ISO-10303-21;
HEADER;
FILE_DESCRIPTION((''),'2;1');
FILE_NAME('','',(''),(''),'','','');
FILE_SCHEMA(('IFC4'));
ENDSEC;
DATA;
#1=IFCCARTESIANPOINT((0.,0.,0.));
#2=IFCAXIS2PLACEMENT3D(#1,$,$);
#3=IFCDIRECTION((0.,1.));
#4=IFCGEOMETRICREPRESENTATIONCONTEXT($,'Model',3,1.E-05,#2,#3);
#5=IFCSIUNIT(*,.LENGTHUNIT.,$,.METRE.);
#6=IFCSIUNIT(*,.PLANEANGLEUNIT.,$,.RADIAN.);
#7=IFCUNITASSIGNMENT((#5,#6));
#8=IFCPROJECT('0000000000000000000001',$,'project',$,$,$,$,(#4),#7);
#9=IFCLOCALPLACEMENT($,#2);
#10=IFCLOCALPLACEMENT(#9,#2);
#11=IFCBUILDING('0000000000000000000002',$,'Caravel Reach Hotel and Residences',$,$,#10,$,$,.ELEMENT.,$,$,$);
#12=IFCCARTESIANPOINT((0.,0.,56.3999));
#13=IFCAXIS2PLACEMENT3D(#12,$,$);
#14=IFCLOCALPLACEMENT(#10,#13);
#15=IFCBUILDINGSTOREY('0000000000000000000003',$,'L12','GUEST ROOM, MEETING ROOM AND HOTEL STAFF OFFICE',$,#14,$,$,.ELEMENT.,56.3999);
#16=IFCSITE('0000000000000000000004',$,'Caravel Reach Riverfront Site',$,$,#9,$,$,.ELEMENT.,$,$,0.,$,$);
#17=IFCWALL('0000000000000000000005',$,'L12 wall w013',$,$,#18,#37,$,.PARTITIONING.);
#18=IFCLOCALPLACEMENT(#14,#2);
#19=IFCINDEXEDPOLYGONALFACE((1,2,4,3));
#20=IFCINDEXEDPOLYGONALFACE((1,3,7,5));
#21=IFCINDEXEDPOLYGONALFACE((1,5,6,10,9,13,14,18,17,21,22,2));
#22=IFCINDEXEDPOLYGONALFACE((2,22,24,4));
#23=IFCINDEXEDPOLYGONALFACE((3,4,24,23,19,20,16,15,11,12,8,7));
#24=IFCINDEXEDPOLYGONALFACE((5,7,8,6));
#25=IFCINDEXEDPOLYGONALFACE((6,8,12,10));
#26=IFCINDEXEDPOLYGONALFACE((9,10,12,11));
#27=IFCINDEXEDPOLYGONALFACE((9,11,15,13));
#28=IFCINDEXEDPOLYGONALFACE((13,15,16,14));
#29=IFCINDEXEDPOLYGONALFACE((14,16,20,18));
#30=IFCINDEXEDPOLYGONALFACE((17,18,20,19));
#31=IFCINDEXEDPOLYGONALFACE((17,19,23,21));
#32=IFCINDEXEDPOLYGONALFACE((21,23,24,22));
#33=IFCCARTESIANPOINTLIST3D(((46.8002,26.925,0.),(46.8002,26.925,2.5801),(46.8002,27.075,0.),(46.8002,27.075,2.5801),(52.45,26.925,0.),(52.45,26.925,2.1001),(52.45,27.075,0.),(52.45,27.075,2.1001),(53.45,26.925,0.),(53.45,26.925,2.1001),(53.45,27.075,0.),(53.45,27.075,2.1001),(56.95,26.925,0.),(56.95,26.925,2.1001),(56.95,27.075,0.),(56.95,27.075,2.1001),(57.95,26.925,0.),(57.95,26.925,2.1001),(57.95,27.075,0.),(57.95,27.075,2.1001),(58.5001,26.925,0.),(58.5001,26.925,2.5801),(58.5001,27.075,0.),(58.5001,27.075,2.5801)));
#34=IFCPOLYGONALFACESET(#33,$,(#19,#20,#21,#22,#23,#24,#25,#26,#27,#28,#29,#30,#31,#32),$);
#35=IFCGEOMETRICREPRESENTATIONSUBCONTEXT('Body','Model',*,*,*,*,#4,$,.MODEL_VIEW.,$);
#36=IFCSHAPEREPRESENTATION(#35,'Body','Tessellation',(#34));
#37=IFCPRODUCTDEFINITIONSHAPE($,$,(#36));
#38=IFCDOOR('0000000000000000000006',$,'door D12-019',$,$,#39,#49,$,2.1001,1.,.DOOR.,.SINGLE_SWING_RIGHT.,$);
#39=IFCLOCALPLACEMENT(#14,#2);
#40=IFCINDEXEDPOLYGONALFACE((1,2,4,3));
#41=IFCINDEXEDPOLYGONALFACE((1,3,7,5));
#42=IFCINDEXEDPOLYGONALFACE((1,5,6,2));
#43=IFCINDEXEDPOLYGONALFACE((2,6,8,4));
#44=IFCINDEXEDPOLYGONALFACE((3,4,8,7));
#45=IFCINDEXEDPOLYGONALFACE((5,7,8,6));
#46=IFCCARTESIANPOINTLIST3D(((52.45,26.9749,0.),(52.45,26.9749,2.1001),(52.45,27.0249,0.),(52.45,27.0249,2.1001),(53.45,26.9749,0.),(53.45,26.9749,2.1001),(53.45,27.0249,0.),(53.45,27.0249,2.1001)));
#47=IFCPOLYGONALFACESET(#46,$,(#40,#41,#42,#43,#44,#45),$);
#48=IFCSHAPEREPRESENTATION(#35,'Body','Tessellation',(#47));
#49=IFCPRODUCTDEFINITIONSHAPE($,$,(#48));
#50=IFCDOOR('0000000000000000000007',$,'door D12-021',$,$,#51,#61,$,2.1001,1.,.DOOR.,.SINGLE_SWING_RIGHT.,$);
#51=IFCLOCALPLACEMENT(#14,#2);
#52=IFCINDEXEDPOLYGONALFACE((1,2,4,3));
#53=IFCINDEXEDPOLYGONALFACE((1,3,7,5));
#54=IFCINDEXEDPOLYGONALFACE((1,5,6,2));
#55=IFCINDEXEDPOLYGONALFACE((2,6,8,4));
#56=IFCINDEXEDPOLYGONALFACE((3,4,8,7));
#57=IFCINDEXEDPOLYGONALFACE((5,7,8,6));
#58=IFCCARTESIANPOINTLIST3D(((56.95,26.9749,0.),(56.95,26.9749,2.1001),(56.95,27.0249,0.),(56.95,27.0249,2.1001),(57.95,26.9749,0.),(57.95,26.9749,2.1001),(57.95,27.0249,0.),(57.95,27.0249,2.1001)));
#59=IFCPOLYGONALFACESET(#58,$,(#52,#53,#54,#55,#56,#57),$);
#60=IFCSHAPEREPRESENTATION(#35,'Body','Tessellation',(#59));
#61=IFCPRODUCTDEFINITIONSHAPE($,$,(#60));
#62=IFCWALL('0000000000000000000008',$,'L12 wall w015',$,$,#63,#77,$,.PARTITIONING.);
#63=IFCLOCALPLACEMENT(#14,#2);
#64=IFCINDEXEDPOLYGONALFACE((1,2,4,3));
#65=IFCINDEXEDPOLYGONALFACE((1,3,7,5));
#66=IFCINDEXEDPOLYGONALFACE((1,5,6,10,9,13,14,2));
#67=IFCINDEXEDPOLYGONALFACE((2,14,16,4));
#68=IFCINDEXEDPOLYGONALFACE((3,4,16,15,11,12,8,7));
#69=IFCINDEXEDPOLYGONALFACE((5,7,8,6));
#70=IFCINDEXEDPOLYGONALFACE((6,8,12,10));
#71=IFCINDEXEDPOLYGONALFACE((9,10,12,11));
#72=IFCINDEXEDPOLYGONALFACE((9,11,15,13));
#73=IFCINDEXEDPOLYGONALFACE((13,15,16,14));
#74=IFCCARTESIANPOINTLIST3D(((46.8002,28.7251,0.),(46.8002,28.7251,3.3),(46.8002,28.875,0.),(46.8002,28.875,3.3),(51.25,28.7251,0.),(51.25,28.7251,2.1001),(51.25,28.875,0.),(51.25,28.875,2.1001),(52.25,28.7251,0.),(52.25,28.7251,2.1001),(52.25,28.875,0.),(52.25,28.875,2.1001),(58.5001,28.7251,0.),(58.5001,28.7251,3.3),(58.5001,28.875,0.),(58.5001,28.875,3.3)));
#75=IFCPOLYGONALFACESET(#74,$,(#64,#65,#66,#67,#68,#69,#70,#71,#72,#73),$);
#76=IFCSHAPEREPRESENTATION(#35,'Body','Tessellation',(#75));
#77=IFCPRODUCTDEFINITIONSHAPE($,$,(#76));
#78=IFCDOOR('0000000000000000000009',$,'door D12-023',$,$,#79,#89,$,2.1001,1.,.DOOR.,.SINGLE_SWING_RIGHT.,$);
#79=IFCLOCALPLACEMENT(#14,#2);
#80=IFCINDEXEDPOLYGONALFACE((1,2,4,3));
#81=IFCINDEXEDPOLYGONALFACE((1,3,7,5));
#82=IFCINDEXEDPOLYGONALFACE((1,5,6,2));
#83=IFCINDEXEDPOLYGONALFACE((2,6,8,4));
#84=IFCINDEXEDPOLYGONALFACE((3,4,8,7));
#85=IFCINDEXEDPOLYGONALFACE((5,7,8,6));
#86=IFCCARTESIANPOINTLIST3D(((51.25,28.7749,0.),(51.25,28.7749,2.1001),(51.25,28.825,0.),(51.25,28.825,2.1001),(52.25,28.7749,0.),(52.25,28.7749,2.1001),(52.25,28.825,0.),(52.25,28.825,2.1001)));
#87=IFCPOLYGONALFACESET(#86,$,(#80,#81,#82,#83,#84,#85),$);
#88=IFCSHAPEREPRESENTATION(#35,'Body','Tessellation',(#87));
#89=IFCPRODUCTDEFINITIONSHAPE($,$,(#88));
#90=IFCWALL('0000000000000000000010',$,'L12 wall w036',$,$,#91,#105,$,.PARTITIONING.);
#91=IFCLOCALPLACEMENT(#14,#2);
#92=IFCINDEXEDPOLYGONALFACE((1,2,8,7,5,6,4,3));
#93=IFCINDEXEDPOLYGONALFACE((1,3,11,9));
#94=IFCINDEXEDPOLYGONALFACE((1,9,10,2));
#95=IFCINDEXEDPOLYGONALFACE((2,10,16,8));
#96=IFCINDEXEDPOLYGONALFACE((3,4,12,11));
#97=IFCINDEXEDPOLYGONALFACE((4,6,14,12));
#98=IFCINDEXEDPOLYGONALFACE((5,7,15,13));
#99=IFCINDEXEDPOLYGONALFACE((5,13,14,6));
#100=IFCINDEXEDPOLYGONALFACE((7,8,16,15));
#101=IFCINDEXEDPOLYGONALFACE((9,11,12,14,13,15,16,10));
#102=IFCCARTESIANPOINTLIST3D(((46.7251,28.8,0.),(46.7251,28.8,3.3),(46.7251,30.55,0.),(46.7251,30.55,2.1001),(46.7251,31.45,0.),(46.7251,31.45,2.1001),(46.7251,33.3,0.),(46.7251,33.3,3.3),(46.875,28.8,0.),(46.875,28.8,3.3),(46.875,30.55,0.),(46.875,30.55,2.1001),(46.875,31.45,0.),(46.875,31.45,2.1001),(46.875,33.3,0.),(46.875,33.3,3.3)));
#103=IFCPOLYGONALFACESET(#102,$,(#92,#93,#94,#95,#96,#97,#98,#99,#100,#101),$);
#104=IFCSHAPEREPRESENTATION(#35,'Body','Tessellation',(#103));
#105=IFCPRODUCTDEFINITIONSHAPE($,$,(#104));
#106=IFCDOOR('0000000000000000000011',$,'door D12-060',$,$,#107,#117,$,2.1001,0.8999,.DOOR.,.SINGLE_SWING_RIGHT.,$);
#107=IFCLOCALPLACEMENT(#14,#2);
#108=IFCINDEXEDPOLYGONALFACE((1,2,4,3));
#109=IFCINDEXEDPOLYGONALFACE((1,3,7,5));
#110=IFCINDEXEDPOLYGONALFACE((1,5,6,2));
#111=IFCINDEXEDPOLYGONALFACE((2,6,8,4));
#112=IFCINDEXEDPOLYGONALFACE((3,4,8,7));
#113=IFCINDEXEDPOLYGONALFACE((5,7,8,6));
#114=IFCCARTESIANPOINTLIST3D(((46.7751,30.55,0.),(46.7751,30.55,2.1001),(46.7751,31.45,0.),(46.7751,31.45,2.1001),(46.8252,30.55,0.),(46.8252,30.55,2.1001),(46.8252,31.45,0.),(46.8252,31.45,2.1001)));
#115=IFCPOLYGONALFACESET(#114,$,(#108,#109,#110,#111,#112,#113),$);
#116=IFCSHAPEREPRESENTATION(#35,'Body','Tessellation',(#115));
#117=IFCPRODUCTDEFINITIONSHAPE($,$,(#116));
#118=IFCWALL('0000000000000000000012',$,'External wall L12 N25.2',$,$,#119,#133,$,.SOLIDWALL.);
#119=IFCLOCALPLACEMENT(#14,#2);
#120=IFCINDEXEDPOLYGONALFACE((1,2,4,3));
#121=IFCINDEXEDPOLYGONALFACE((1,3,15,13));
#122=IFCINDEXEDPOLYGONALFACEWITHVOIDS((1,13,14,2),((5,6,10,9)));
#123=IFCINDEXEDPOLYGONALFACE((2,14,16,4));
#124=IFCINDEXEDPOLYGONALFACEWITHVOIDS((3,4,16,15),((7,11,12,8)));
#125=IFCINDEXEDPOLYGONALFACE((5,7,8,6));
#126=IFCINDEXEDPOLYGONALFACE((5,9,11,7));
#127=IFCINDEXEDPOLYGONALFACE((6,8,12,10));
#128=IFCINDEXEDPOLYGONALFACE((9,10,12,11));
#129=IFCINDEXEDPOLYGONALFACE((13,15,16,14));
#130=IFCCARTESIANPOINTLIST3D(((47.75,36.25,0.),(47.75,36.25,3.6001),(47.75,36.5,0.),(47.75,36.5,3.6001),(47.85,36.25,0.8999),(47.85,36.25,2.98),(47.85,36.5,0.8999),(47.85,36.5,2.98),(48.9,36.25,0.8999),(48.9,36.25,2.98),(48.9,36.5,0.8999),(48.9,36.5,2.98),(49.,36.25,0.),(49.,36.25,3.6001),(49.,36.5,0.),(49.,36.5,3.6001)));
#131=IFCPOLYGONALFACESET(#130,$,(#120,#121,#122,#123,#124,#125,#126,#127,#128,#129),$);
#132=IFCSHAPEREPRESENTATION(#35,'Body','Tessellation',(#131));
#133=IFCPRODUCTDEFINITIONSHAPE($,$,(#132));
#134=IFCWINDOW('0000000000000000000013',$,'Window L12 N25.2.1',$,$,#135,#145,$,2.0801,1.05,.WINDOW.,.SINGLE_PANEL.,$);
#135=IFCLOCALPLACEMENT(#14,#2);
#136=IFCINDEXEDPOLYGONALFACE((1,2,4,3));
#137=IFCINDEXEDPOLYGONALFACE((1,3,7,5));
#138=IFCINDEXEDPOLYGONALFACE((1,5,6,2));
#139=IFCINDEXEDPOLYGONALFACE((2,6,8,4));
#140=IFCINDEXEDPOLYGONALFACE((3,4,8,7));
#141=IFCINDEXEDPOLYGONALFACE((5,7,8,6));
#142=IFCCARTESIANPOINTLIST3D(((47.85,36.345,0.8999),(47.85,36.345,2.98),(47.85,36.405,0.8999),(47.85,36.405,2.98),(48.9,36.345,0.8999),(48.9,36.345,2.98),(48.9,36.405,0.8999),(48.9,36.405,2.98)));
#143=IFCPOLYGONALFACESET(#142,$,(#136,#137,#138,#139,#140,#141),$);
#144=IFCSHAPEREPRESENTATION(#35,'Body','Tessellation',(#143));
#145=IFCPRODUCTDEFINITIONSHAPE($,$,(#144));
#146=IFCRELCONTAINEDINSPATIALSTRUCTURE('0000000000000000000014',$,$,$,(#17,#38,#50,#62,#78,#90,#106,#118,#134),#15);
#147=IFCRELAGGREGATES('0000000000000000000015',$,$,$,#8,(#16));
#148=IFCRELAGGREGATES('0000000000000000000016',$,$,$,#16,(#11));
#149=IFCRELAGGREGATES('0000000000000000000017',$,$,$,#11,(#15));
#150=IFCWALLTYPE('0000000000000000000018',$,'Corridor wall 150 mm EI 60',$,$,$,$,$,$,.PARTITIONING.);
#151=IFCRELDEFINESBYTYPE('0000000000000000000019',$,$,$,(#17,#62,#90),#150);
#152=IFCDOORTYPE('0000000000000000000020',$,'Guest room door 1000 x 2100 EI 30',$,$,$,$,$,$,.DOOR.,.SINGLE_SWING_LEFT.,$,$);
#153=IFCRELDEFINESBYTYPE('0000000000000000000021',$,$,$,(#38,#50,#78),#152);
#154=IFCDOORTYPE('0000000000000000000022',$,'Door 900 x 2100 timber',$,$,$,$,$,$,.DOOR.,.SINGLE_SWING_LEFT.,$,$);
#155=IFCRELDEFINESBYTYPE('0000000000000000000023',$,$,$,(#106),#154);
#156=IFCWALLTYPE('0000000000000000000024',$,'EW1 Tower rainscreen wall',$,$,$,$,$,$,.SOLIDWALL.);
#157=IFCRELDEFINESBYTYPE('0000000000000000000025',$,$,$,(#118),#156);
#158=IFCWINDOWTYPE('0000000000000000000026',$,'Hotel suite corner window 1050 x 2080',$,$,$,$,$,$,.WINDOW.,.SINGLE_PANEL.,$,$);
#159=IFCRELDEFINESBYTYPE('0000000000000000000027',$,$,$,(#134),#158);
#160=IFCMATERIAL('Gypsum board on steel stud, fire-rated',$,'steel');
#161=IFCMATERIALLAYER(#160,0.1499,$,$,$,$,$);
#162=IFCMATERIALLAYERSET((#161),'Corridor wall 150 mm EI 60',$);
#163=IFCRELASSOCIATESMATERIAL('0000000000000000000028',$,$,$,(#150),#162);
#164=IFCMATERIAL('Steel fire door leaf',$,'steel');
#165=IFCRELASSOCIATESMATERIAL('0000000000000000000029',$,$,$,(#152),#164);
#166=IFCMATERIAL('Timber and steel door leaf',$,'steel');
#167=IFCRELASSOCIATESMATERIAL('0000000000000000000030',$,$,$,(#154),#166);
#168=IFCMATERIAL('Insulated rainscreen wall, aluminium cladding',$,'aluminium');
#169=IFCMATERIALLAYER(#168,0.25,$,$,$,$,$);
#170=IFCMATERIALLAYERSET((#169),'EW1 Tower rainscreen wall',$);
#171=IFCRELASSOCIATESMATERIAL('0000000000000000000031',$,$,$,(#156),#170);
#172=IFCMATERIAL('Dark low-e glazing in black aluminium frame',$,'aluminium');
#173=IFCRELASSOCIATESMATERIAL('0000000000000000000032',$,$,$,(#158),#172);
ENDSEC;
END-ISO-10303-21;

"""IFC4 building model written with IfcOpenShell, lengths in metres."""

from ifc_helpers import new_model, si_unit, direction, frame, frame_2d, origin, place, context, subcontext, project, spatial, rectangle, extrude, material, layer, layer_set, type_object, element, fill, save


model = new_model("IFC4")

# Units and contexts
model_context = context("Model", 3, precision=1e-05, world=origin(), true_north=direction((0.0, 1.0)))
body_context = subcontext(model_context, "Body", "Model", "MODEL_VIEW")
ifc_project = project(units=[si_unit("LENGTHUNIT", "METRE"), si_unit("PLANEANGLEUNIT", "RADIAN")], contexts=[model_context])

# Site, building, storey
site_placement = place(None, origin())
site = spatial("IfcSite", under=ifc_project, at=site_placement, Name="Caravel Reach Riverfront Site", CompositionType="ELEMENT", RefElevation=0.0)
building_placement = place(site_placement, origin())
building = spatial("IfcBuilding", under=site, at=building_placement, Name="Caravel Reach Hotel and Residences", CompositionType="ELEMENT")
storey_placement = place(building_placement, frame((0.0, 0.0, 56.3999)))
storey = spatial("IfcBuildingStorey", under=building, at=storey_placement, Name="L12", Description="GUEST ROOM, MEETING ROOM AND HOTEL STAFF OFFICE", CompositionType="ELEMENT", Elevation=56.3999)

# Wall, openings, doors
ifc_material_1 = material(Name="Gypsum board on steel stud, fire-rated", Category="steel")
ifc_layer_1 = layer(ifc_material_1, 0.1499)
ifc_layer_set_1 = layer_set([ifc_layer_1], Name="Corridor wall 150 mm EI 60")
wall_type_1 = type_object("IfcWallType", Name="Corridor wall 150 mm EI 60", PredefinedType="PARTITIONING", material=ifc_layer_set_1)
wall_1_placement = place(storey_placement, frame((46.8, 27.0, 0.0), z_axis=(0.0, 0.0, 1.0), x_axis=(1.0, 0.0, 0.0)))
wall_1 = element("IfcWall", 1, at=wall_1_placement, inside=storey, type_object=wall_type_1, Name="L12 wall w013", PredefinedType="PARTITIONING", context=body_context, shape_type="SweptSolid", body=[
    extrude(rectangle(XDim=11.7, YDim=0.1499, at=frame_2d((5.8501, 0.0))), origin(), (0.0, 0.0, 1.0), 2.5801),
])
opening_1_placement = place(wall_1_placement, frame((5.6499, 0.0, 0.0)))
opening_1 = element("IfcOpeningElement", 2, at=opening_1_placement, cuts=wall_1, PredefinedType="OPENING", context=body_context, shape_type="SweptSolid", body=[
    extrude(rectangle(XDim=1.0, YDim=2.1001, at=frame_2d((0.5, 1.05))), frame((0.0, 0.085, 0.0), z_axis=(0.0, -1.0, 0.0), x_axis=(1.0, 0.0, 0.0)), (0.0, 0.0, 1.0), 0.1699),
])
opening_2_placement = place(wall_1_placement, frame((10.1499, 0.0, 0.0)))
opening_2 = element("IfcOpeningElement", 3, at=opening_2_placement, cuts=wall_1, PredefinedType="OPENING", context=body_context, shape_type="SweptSolid", body=[
    extrude(rectangle(XDim=1.0, YDim=2.1001, at=frame_2d((0.5, 1.05))), frame((0.0, 0.085, 0.0), z_axis=(0.0, -1.0, 0.0), x_axis=(1.0, 0.0, 0.0)), (0.0, 0.0, 1.0), 0.1699),
])
ifc_material_2 = material(Name="Steel fire door leaf", Category="steel")
door_type_1 = type_object("IfcDoorType", Name="Guest room door 1000 x 2100 EI 30", OperationType="SINGLE_SWING_LEFT", PredefinedType="DOOR", material=ifc_material_2)
door_1_placement = place(opening_1_placement, origin())
door_1 = element("IfcDoor", 4, at=door_1_placement, inside=storey, type_object=door_type_1, Name="door D12-019", OperationType="SINGLE_SWING_RIGHT", OverallHeight=2.1001, OverallWidth=1.0, PredefinedType="DOOR", context=body_context, shape_type="SweptSolid", body=[
    extrude(rectangle(XDim=1.0, YDim=2.1001, at=frame_2d((0.5, 1.05))), frame((0.0, 0.0249, 0.0), z_axis=(0.0, -1.0, 0.0), x_axis=(1.0, 0.0, 0.0)), (0.0, 0.0, 1.0), 0.05),
])
fill(opening_1, door_1)
door_2_placement = place(opening_2_placement, origin())
door_2 = element("IfcDoor", 5, at=door_2_placement, inside=storey, type_object=door_type_1, Name="door D12-021", OperationType="SINGLE_SWING_RIGHT", OverallHeight=2.1001, OverallWidth=1.0, PredefinedType="DOOR", context=body_context, shape_type="SweptSolid", body=[
    extrude(rectangle(XDim=1.0, YDim=2.1001, at=frame_2d((0.5, 1.05))), frame((0.0, 0.0249, 0.0), z_axis=(0.0, -1.0, 0.0), x_axis=(1.0, 0.0, 0.0)), (0.0, 0.0, 1.0), 0.05),
])
fill(opening_2, door_2)

# Walls, openings, doors
wall_2_placement = place(storey_placement, frame((46.8, 28.8, 0.0), z_axis=(0.0, 0.0, 1.0), x_axis=(1.0, 0.0, 0.0)))
wall_2 = element("IfcWall", 6, at=wall_2_placement, inside=storey, type_object=wall_type_1, Name="L12 wall w015", PredefinedType="PARTITIONING", context=body_context, shape_type="SweptSolid", body=[
    extrude(rectangle(XDim=11.7, YDim=0.1499, at=frame_2d((5.8501, 0.0))), origin(), (0.0, 0.0, 1.0), 3.3),
])
opening_3_placement = place(wall_2_placement, frame((4.45, 0.0, 0.0)))
opening_3 = element("IfcOpeningElement", 7, at=opening_3_placement, cuts=wall_2, PredefinedType="OPENING", context=body_context, shape_type="SweptSolid", body=[
    extrude(rectangle(XDim=1.0, YDim=2.1001, at=frame_2d((0.5, 1.05))), frame((0.0, 0.085, 0.0), z_axis=(0.0, -1.0, 0.0), x_axis=(1.0, 0.0, 0.0)), (0.0, 0.0, 1.0), 0.1699),
])
door_3_placement = place(opening_3_placement, origin())
door_3 = element("IfcDoor", 8, at=door_3_placement, inside=storey, type_object=door_type_1, Name="door D12-023", OperationType="SINGLE_SWING_RIGHT", OverallHeight=2.1001, OverallWidth=1.0, PredefinedType="DOOR", context=body_context, shape_type="SweptSolid", body=[
    extrude(rectangle(XDim=1.0, YDim=2.1001, at=frame_2d((0.5, 1.05))), frame((0.0, 0.0249, 0.0), z_axis=(0.0, -1.0, 0.0), x_axis=(1.0, 0.0, 0.0)), (0.0, 0.0, 1.0), 0.05),
])
fill(opening_3, door_3)
wall_3_placement = place(storey_placement, frame((46.8, 28.8, 0.0), z_axis=(0.0, 0.0, 1.0), x_axis=(0.0, 1.0, 0.0)))
wall_3 = element("IfcWall", 9, at=wall_3_placement, inside=storey, type_object=wall_type_1, Name="L12 wall w036", PredefinedType="PARTITIONING", context=body_context, shape_type="SweptSolid", body=[
    extrude(rectangle(XDim=4.5, YDim=0.1499, at=frame_2d((2.25, 0.0))), origin(), (0.0, 0.0, 1.0), 3.3),
])
opening_4_placement = place(wall_3_placement, frame((1.75, 0.0, 0.0)))
opening_4 = element("IfcOpeningElement", 10, at=opening_4_placement, cuts=wall_3, PredefinedType="OPENING", context=body_context, shape_type="SweptSolid", body=[
    extrude(rectangle(XDim=0.8999, YDim=2.1001, at=frame_2d((0.45, 1.05))), frame((0.0, 0.085, 0.0), z_axis=(0.0, -1.0, 0.0), x_axis=(1.0, 0.0, 0.0)), (0.0, 0.0, 1.0), 0.1699),
])
ifc_material_3 = material(Name="Timber and steel door leaf", Category="steel")
door_type_2 = type_object("IfcDoorType", Name="Door 900 x 2100 timber", OperationType="SINGLE_SWING_LEFT", PredefinedType="DOOR", material=ifc_material_3)
door_4_placement = place(opening_4_placement, origin())
door_4 = element("IfcDoor", 11, at=door_4_placement, inside=storey, type_object=door_type_2, Name="door D12-060", OperationType="SINGLE_SWING_RIGHT", OverallHeight=2.1001, OverallWidth=0.8999, PredefinedType="DOOR", context=body_context, shape_type="SweptSolid", body=[
    extrude(rectangle(XDim=0.8999, YDim=2.1001, at=frame_2d((0.45, 1.05))), frame((0.0, 0.0249, 0.0), z_axis=(0.0, -1.0, 0.0), x_axis=(1.0, 0.0, 0.0)), (0.0, 0.0, 1.0), 0.05),
])
fill(opening_4, door_4)

# Wall, opening, window
ifc_material_4 = material(Name="Insulated rainscreen wall, aluminium cladding", Category="aluminium")
ifc_layer_2 = layer(ifc_material_4, 0.25)
ifc_layer_set_2 = layer_set([ifc_layer_2], Name="EW1 Tower rainscreen wall")
wall_type_2 = type_object("IfcWallType", Name="EW1 Tower rainscreen wall", PredefinedType="SOLIDWALL", material=ifc_layer_set_2)
wall_4_placement = place(storey_placement, frame((49.0, 36.375, 0.0), z_axis=(0.0, 0.0, 1.0), x_axis=(-1.0, 0.0, 0.0)))
wall_4 = element("IfcWall", 12, at=wall_4_placement, inside=storey, type_object=wall_type_2, Name="External wall L12 N25.2", PredefinedType="SOLIDWALL", context=body_context, shape_type="SweptSolid", body=[
    extrude(rectangle(XDim=1.25, YDim=0.25, at=frame_2d((0.625, 0.0))), origin(), (0.0, 0.0, 1.0), 3.6001),
])
opening_5_placement = place(wall_4_placement, frame((0.1001, 0.0, 0.8999)))
opening_5 = element("IfcOpeningElement", 13, at=opening_5_placement, cuts=wall_4, PredefinedType="OPENING", context=body_context, shape_type="SweptSolid", body=[
    extrude(rectangle(XDim=1.05, YDim=2.0801, at=frame_2d((0.5249, 1.04))), frame((0.0, 0.135, 0.0), z_axis=(0.0, -1.0, 0.0), x_axis=(1.0, 0.0, 0.0)), (0.0, 0.0, 1.0), 0.27),
])
ifc_material_5 = material(Name="Dark low-e glazing in black aluminium frame", Category="aluminium")
window_type = type_object("IfcWindowType", Name="Hotel suite corner window 1050 x 2080", PartitioningType="SINGLE_PANEL", PredefinedType="WINDOW", material=ifc_material_5)
window_1_placement = place(opening_5_placement, origin())
window_1 = element("IfcWindow", 14, at=window_1_placement, inside=storey, type_object=window_type, Name="Window L12 N25.2.1", OverallHeight=2.0801, OverallWidth=1.05, PartitioningType="SINGLE_PANEL", PredefinedType="WINDOW", context=body_context, shape_type="SweptSolid", body=[
    extrude(rectangle(XDim=1.05, YDim=2.0801, at=frame_2d((0.5249, 1.04))), frame((0.0, 0.03, 0.0), z_axis=(0.0, -1.0, 0.0), x_axis=(1.0, 0.0, 0.0)), (0.0, 0.0, 1.0), 0.0601),
])
fill(opening_5, window_1)

save(model, "model.ifc")
